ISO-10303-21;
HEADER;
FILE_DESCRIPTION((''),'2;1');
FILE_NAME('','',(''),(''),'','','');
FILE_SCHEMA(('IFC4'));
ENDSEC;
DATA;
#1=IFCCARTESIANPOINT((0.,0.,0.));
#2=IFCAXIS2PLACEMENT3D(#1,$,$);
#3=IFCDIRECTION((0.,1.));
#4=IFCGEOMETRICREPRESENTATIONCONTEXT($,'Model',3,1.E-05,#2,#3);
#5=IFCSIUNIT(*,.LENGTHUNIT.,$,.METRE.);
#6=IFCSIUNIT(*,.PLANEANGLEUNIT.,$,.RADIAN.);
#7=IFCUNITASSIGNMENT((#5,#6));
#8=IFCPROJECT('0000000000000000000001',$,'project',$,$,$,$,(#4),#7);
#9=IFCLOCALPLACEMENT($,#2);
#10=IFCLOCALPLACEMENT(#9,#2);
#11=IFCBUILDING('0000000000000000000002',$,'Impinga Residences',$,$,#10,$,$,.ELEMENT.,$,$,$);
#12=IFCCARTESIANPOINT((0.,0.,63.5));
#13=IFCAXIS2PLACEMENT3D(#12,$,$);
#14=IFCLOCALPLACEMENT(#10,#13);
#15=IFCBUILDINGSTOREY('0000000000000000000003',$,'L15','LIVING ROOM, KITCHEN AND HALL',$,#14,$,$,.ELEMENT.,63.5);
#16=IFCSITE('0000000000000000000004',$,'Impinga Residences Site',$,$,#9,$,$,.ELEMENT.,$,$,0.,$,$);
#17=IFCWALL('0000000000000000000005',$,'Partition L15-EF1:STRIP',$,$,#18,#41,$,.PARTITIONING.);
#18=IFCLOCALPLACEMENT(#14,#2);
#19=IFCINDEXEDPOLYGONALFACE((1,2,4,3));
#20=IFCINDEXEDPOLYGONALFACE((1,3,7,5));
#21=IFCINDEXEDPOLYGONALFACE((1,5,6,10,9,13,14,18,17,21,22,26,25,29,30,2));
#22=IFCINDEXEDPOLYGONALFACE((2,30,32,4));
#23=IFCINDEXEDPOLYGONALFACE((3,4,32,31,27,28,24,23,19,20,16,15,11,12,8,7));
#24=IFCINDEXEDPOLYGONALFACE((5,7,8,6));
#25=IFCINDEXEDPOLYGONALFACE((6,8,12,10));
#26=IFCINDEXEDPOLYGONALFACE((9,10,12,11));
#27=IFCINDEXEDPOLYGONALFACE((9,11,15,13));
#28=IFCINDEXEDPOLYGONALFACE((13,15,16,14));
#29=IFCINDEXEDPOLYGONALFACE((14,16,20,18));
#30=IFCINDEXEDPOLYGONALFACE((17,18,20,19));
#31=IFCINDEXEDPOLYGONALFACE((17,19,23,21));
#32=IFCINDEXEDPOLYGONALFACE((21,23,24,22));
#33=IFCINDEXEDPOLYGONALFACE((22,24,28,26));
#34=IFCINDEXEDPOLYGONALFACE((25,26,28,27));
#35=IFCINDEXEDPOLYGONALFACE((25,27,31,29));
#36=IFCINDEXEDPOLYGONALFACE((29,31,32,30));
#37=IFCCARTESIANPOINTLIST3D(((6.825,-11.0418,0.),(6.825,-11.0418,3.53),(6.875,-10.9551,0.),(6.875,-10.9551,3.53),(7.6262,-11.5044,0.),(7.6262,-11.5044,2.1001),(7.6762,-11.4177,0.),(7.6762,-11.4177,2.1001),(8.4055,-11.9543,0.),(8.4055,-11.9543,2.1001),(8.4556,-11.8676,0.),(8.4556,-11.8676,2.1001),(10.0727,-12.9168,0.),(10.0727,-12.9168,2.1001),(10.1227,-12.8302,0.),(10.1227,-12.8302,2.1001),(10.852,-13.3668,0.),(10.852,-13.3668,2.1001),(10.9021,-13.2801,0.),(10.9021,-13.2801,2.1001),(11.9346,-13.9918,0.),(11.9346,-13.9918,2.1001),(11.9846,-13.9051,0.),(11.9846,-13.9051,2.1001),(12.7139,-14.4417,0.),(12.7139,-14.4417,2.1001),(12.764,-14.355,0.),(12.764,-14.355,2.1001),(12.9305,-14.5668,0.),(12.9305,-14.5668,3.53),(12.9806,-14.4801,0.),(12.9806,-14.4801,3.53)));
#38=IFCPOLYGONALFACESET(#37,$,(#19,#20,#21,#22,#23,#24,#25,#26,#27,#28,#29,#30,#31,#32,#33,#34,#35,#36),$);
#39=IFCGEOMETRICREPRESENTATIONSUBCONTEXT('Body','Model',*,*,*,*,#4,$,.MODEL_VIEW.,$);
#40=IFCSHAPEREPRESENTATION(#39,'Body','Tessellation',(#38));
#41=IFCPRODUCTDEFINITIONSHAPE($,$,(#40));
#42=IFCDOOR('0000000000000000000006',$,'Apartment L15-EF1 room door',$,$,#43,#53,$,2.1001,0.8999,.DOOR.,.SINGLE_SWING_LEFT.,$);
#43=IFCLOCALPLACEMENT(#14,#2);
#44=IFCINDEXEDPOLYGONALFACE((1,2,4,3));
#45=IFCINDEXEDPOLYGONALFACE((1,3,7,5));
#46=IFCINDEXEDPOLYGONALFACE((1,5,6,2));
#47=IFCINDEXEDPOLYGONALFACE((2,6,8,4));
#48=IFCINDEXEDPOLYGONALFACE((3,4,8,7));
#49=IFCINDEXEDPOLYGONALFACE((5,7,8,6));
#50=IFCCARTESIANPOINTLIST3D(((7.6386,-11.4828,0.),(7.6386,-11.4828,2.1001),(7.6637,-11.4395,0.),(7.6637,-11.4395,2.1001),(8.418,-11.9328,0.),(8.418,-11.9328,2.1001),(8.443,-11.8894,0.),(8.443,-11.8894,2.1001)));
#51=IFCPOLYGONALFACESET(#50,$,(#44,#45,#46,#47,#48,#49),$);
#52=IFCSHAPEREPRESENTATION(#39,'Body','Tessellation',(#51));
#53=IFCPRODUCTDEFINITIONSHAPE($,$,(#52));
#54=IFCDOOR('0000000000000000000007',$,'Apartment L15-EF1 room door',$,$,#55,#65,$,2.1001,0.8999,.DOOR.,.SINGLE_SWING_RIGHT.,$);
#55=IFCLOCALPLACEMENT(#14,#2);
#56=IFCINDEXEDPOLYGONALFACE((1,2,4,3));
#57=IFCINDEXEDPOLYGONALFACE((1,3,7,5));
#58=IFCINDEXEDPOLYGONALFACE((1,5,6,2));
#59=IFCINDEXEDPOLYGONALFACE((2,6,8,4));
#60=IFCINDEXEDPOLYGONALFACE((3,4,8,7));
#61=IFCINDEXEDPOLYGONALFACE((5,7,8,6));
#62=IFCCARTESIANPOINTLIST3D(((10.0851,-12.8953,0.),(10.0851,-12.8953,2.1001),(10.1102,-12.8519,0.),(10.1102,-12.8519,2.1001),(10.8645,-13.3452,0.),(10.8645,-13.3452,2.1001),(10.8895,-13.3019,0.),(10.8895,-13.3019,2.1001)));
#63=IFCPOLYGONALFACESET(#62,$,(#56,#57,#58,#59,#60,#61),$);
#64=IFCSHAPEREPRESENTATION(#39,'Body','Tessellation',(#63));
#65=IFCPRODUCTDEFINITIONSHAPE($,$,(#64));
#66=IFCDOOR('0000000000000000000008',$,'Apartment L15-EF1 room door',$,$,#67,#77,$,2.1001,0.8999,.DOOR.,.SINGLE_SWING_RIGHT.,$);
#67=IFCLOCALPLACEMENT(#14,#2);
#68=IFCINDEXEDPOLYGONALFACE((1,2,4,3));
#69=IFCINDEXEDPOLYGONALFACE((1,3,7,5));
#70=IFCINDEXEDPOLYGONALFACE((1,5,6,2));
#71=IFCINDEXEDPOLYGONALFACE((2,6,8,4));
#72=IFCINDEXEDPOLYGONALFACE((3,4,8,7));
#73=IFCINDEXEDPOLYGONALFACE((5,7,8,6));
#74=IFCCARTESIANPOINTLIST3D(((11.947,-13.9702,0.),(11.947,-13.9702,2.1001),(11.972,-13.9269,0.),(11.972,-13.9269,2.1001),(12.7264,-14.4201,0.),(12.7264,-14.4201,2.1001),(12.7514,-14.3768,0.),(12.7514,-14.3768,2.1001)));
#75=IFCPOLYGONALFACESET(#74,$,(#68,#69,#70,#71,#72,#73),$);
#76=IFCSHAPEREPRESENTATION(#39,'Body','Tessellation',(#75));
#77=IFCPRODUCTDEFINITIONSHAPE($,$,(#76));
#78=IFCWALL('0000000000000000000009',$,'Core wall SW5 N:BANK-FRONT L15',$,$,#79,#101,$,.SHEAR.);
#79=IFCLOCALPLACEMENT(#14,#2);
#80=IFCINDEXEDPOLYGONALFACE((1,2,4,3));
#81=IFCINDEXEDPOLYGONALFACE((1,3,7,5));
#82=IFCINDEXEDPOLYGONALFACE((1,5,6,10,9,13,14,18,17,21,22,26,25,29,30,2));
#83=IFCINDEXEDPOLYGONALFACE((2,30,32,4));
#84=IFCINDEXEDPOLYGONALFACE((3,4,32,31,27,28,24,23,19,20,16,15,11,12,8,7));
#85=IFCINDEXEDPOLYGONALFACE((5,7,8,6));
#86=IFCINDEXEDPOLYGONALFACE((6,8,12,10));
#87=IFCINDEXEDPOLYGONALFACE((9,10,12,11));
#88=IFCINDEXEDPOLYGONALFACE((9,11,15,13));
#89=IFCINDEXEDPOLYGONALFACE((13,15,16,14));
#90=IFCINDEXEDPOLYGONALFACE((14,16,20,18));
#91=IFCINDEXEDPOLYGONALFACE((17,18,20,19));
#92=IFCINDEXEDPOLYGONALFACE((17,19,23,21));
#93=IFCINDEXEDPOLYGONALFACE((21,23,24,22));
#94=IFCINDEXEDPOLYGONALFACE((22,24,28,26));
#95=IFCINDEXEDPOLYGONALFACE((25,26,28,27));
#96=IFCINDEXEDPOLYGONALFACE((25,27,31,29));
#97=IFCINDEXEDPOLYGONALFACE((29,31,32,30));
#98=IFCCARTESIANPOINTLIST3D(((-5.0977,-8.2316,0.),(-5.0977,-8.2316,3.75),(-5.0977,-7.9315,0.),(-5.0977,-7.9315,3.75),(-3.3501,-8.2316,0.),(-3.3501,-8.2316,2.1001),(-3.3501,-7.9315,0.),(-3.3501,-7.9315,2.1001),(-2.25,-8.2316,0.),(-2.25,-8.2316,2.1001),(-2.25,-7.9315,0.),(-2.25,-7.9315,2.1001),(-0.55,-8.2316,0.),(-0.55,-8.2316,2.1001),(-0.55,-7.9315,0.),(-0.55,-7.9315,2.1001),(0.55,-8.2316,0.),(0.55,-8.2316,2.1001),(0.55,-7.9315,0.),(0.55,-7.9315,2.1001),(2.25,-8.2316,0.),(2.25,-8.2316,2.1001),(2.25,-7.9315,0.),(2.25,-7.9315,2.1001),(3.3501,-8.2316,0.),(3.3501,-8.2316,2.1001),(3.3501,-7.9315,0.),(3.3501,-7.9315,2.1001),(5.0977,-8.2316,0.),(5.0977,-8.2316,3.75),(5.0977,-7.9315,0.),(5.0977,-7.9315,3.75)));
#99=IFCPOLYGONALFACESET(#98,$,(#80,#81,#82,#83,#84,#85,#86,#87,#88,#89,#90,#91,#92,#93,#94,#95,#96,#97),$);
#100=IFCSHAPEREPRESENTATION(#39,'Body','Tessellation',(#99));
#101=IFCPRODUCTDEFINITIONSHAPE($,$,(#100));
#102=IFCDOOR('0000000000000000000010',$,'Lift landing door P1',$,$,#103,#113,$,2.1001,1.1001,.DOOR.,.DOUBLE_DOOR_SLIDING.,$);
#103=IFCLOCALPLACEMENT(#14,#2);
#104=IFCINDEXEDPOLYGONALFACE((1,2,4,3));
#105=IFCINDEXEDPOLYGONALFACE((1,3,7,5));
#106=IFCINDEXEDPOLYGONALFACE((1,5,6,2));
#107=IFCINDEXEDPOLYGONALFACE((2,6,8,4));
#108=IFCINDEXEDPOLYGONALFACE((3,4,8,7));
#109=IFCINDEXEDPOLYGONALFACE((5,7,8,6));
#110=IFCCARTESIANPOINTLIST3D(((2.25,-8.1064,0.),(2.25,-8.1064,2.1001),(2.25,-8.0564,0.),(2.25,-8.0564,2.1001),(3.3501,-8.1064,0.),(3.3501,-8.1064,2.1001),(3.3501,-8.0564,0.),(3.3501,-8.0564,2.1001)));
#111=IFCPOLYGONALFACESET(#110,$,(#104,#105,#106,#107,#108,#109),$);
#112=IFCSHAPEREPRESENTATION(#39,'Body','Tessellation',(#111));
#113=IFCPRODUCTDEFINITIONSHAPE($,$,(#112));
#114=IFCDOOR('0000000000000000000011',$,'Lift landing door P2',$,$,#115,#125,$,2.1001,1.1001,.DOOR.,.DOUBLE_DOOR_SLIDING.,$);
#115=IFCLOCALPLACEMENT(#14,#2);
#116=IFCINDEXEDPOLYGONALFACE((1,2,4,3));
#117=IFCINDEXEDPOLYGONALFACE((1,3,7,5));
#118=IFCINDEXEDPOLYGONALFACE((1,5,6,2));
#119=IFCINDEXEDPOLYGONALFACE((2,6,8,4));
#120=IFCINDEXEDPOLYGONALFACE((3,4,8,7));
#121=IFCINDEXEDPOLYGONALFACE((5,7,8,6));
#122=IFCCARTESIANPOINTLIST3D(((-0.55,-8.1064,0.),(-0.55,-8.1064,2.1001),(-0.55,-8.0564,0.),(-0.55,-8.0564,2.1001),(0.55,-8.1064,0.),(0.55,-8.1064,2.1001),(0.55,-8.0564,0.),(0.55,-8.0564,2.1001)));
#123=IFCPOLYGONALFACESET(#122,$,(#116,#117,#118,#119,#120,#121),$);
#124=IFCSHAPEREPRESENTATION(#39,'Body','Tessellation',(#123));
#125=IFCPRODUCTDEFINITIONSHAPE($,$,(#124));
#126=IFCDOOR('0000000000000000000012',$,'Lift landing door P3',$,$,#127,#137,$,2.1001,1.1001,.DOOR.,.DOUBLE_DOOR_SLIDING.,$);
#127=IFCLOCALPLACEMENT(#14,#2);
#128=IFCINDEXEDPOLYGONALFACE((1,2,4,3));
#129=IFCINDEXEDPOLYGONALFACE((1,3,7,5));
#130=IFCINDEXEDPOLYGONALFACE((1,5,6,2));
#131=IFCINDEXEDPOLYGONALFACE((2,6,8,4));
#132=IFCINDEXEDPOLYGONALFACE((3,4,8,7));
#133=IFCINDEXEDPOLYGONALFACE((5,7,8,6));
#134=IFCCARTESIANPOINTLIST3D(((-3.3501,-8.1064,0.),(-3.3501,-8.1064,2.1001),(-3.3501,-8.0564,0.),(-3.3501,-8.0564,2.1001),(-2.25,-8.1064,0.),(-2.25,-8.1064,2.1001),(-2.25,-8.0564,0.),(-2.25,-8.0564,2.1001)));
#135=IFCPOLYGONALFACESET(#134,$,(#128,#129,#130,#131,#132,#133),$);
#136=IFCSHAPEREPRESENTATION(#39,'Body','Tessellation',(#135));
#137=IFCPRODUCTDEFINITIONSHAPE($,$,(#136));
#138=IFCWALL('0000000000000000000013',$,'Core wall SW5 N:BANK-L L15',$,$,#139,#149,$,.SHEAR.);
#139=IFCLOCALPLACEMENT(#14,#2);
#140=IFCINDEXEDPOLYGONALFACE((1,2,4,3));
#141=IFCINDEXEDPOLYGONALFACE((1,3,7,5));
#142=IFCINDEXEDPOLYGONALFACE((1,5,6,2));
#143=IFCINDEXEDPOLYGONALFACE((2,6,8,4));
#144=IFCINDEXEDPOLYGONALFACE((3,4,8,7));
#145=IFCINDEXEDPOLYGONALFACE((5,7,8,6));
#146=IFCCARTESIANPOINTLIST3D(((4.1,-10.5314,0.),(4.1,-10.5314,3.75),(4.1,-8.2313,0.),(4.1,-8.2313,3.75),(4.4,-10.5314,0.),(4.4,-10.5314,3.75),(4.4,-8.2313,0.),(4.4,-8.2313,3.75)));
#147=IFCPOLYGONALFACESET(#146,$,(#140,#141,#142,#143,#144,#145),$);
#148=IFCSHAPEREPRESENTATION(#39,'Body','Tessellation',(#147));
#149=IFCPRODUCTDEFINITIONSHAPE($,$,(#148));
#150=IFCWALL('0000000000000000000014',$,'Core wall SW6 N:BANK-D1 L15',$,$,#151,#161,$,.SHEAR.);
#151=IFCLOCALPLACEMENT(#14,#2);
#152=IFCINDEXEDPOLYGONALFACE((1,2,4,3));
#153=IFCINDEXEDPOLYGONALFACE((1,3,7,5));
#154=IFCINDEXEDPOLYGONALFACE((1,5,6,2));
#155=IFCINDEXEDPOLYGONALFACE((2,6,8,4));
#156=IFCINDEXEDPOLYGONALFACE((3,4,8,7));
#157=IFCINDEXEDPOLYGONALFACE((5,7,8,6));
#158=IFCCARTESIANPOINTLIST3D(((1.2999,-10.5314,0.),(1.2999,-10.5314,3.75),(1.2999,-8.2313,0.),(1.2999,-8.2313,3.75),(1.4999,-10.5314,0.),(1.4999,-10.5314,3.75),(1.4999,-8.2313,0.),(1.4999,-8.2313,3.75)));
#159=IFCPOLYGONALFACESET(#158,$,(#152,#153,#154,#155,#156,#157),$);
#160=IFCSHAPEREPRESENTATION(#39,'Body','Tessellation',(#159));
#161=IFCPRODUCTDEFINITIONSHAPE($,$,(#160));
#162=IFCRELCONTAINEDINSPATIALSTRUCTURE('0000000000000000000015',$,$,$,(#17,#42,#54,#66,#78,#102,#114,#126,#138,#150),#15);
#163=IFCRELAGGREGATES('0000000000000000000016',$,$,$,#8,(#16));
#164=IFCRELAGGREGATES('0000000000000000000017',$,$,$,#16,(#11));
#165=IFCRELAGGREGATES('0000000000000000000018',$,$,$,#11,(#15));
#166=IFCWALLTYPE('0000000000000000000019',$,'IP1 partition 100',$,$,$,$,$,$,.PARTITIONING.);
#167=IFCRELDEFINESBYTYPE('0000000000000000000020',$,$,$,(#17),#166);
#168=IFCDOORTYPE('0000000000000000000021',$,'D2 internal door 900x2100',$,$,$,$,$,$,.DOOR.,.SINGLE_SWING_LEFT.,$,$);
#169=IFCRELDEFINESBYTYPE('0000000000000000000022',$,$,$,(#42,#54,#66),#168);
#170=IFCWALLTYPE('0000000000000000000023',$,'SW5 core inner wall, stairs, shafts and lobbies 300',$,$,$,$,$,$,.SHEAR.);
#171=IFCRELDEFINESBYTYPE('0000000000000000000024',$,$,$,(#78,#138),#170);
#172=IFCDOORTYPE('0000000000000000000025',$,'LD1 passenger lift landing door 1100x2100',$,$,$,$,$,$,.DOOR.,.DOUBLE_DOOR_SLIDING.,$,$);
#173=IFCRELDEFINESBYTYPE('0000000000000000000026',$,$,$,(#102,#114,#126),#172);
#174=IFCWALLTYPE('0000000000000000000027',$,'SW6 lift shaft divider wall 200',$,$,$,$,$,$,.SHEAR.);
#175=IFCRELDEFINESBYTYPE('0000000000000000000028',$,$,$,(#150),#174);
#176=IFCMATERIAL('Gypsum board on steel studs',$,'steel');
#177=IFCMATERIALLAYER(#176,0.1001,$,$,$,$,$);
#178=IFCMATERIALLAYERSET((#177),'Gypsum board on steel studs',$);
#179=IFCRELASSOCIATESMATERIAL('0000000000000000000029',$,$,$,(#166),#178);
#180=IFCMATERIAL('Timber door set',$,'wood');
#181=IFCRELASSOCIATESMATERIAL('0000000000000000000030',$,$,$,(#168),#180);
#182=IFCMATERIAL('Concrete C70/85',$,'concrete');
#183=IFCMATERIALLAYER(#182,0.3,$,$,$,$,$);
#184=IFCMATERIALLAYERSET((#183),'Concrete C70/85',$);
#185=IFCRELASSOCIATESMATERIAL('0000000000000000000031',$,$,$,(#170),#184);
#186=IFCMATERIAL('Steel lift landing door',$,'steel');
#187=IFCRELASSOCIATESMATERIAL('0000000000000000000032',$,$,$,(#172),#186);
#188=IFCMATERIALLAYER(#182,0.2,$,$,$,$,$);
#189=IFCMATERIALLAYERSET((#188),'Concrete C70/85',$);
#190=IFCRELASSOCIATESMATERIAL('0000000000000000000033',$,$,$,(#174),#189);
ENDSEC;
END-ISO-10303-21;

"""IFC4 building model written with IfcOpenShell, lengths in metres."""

from ifc_helpers import new_model, si_unit, direction, frame, frame_2d, origin, place, context, subcontext, project, spatial, rectangle, extrude, material, layer, layer_set, type_object, element, fill, save


model = new_model("IFC4")

# Units and contexts
model_context = context("Model", 3, precision=1e-05, world=origin(), true_north=direction((0.0, 1.0)))
body_context = subcontext(model_context, "Body", "Model", "MODEL_VIEW")
ifc_project = project(units=[si_unit("LENGTHUNIT", "METRE"), si_unit("PLANEANGLEUNIT", "RADIAN")], contexts=[model_context])

# Site, building, storey
site_placement = place(None, origin())
site = spatial("IfcSite", under=ifc_project, at=site_placement, Name="Impinga Residences Site", CompositionType="ELEMENT", RefElevation=0.0)
building_placement = place(site_placement, origin())
building = spatial("IfcBuilding", under=site, at=building_placement, Name="Impinga Residences", CompositionType="ELEMENT")
storey_placement = place(building_placement, frame((0.0, 0.0, 63.5)))
storey = spatial("IfcBuildingStorey", under=building, at=storey_placement, Name="L15", Description="LIVING ROOM, KITCHEN AND HALL", CompositionType="ELEMENT", Elevation=63.5)

# Shared definitions
ifc_material_1 = material(Name="Concrete C70/85", Category="concrete")

# Shared definitions
ifc_material_2 = material(Name="Timber door set", Category="wood")

# Shared definitions
ifc_material_3 = material(Name="Gypsum board on steel studs", Category="steel")
ifc_layer_1 = layer(ifc_material_3, 0.1001)
ifc_layer_set_1 = layer_set([ifc_layer_1], Name="Gypsum board on steel studs")
wall_type_1 = type_object("IfcWallType", Name="IP1 partition 100", PredefinedType="PARTITIONING", material=ifc_layer_set_1)

# Walls, openings, doors
wall_1_placement = place(storey_placement, frame((6.8501, -10.9985, 0.0), z_axis=(0.0, 0.0, 1.0), x_axis=(0.866031, -0.49999, 0.0)))
wall_1 = element("IfcWall", 1, at=wall_1_placement, inside=storey, type_object=wall_type_1, Name="Partition L15-EF1:STRIP", PredefinedType="PARTITIONING", context=body_context, shape_type="SweptSolid", body=[
    extrude(rectangle(XDim=7.05, YDim=0.1001, at=frame_2d((3.5249, 0.0))), origin(), (0.0, 0.0, 1.0), 3.53),
])
opening_1_placement = place(wall_1_placement, frame((0.925, 0.0, 0.0)))
opening_1 = element("IfcOpeningElement", 2, at=opening_1_placement, cuts=wall_1, PredefinedType="OPENING", context=body_context, shape_type="SweptSolid", body=[
    extrude(rectangle(XDim=0.8999, YDim=2.1001, at=frame_2d((0.45, 1.05))), frame((0.0, 0.0601, 0.0), z_axis=(0.0, -1.0, 0.0), x_axis=(1.0, 0.0, 0.0)), (0.0, 0.0, 1.0), 0.1201),
])
opening_2_placement = place(wall_1_placement, frame((3.75, 0.0, 0.0)))
opening_2 = element("IfcOpeningElement", 3, at=opening_2_placement, cuts=wall_1, PredefinedType="OPENING", context=body_context, shape_type="SweptSolid", body=[
    extrude(rectangle(XDim=0.8999, YDim=2.1001, at=frame_2d((0.45, 1.05))), frame((0.0, 0.0601, 0.0), z_axis=(0.0, -1.0, 0.0), x_axis=(1.0, 0.0, 0.0)), (0.0, 0.0, 1.0), 0.1201),
])
opening_3_placement = place(wall_1_placement, frame((5.8999, 0.0, 0.0)))
opening_3 = element("IfcOpeningElement", 4, at=opening_3_placement, cuts=wall_1, PredefinedType="OPENING", context=body_context, shape_type="SweptSolid", body=[
    extrude(rectangle(XDim=0.8999, YDim=2.1001, at=frame_2d((0.45, 1.05))), frame((0.0, 0.0601, 0.0), z_axis=(0.0, -1.0, 0.0), x_axis=(1.0, 0.0, 0.0)), (0.0, 0.0, 1.0), 0.1201),
])
door_type_1 = type_object("IfcDoorType", Name="D2 internal door 900x2100", OperationType="SINGLE_SWING_LEFT", PredefinedType="DOOR", material=ifc_material_2)
door_1_placement = place(opening_1_placement, origin())
door_1 = element("IfcDoor", 5, at=door_1_placement, inside=storey, type_object=door_type_1, Name="Apartment L15-EF1 room door", OperationType="SINGLE_SWING_LEFT", OverallHeight=2.1001, OverallWidth=0.8999, PredefinedType="DOOR", context=body_context, shape_type="SweptSolid", body=[
    extrude(rectangle(XDim=0.8999, YDim=2.1001, at=frame_2d((0.45, 1.05))), frame((0.0, 0.0249, 0.0), z_axis=(0.0, -1.0, 0.0), x_axis=(1.0, 0.0, 0.0)), (0.0, 0.0, 1.0), 0.05),
])
fill(opening_1, door_1)
door_2_placement = place(opening_2_placement, origin())
door_2 = element("IfcDoor", 6, at=door_2_placement, inside=storey, type_object=door_type_1, Name="Apartment L15-EF1 room door", OperationType="SINGLE_SWING_RIGHT", OverallHeight=2.1001, OverallWidth=0.8999, PredefinedType="DOOR", context=body_context, shape_type="SweptSolid", body=[
    extrude(rectangle(XDim=0.8999, YDim=2.1001, at=frame_2d((0.45, 1.05))), frame((0.0, 0.0249, 0.0), z_axis=(0.0, -1.0, 0.0), x_axis=(1.0, 0.0, 0.0)), (0.0, 0.0, 1.0), 0.05),
])
fill(opening_2, door_2)
door_3_placement = place(opening_3_placement, origin())
door_3 = element("IfcDoor", 7, at=door_3_placement, inside=storey, type_object=door_type_1, Name="Apartment L15-EF1 room door", OperationType="SINGLE_SWING_RIGHT", OverallHeight=2.1001, OverallWidth=0.8999, PredefinedType="DOOR", context=body_context, shape_type="SweptSolid", body=[
    extrude(rectangle(XDim=0.8999, YDim=2.1001, at=frame_2d((0.45, 1.05))), frame((0.0, 0.0249, 0.0), z_axis=(0.0, -1.0, 0.0), x_axis=(1.0, 0.0, 0.0)), (0.0, 0.0, 1.0), 0.05),
])
fill(opening_3, door_3)
ifc_layer_2 = layer(ifc_material_1, 0.3)
ifc_layer_set_2 = layer_set([ifc_layer_2], Name="Concrete C70/85")
wall_type_2 = type_object("IfcWallType", Name="SW5 core inner wall, stairs, shafts and lobbies 300", PredefinedType="SHEAR", material=ifc_layer_set_2)
wall_2_placement = place(storey_placement, frame((5.0977, -8.0815, 0.0), z_axis=(0.0, 0.0, 1.0), x_axis=(-1.0, 0.0, 0.0)))
wall_2 = element("IfcWall", 8, at=wall_2_placement, inside=storey, type_object=wall_type_2, Name="Core wall SW5 N:BANK-FRONT L15", PredefinedType="SHEAR", context=body_context, shape_type="SweptSolid", body=[
    extrude(rectangle(XDim=10.1953, YDim=0.3, at=frame_2d((5.0977, 0.0))), origin(), (0.0, 0.0, 1.0), 3.75),
])
opening_4_placement = place(wall_2_placement, frame((1.7476, 0.0, 0.0)))
opening_4 = element("IfcOpeningElement", 9, at=opening_4_placement, cuts=wall_2, PredefinedType="OPENING", context=body_context, shape_type="SweptSolid", body=[
    extrude(rectangle(XDim=1.1001, YDim=2.1001, at=frame_2d((0.55, 1.05))), frame((0.0, 0.1599, 0.0), z_axis=(0.0, -1.0, 0.0), x_axis=(1.0, 0.0, 0.0)), (0.0, 0.0, 1.0), 0.3201),
])
opening_5_placement = place(wall_2_placement, frame((4.5476, 0.0, 0.0)))
opening_5 = element("IfcOpeningElement", 10, at=opening_5_placement, cuts=wall_2, PredefinedType="OPENING", context=body_context, shape_type="SweptSolid", body=[
    extrude(rectangle(XDim=1.1001, YDim=2.1001, at=frame_2d((0.55, 1.05))), frame((0.0, 0.1599, 0.0), z_axis=(0.0, -1.0, 0.0), x_axis=(1.0, 0.0, 0.0)), (0.0, 0.0, 1.0), 0.3201),
])
opening_6_placement = place(wall_2_placement, frame((7.3477, 0.0, 0.0)))
opening_6 = element("IfcOpeningElement", 11, at=opening_6_placement, cuts=wall_2, PredefinedType="OPENING", context=body_context, shape_type="SweptSolid", body=[
    extrude(rectangle(XDim=1.1001, YDim=2.1001, at=frame_2d((0.55, 1.05))), frame((0.0, 0.1599, 0.0), z_axis=(0.0, -1.0, 0.0), x_axis=(1.0, 0.0, 0.0)), (0.0, 0.0, 1.0), 0.3201),
])
ifc_material_4 = material(Name="Steel lift landing door", Category="steel")
door_type_2 = type_object("IfcDoorType", Name="LD1 passenger lift landing door 1100x2100", OperationType="DOUBLE_DOOR_SLIDING", PredefinedType="DOOR", material=ifc_material_4)
door_4_placement = place(opening_4_placement, origin())
door_4 = element("IfcDoor", 12, at=door_4_placement, inside=storey, type_object=door_type_2, Name="Lift landing door P1", OperationType="DOUBLE_DOOR_SLIDING", OverallHeight=2.1001, OverallWidth=1.1001, PredefinedType="DOOR", context=body_context, shape_type="SweptSolid", body=[
    extrude(rectangle(XDim=1.1001, YDim=2.1001, at=frame_2d((0.55, 1.05))), frame((0.0, 0.0249, 0.0), z_axis=(0.0, -1.0, 0.0), x_axis=(1.0, 0.0, 0.0)), (0.0, 0.0, 1.0), 0.05),
])
fill(opening_4, door_4)
door_5_placement = place(opening_5_placement, origin())
door_5 = element("IfcDoor", 13, at=door_5_placement, inside=storey, type_object=door_type_2, Name="Lift landing door P2", OperationType="DOUBLE_DOOR_SLIDING", OverallHeight=2.1001, OverallWidth=1.1001, PredefinedType="DOOR", context=body_context, shape_type="SweptSolid", body=[
    extrude(rectangle(XDim=1.1001, YDim=2.1001, at=frame_2d((0.55, 1.05))), frame((0.0, 0.0249, 0.0), z_axis=(0.0, -1.0, 0.0), x_axis=(1.0, 0.0, 0.0)), (0.0, 0.0, 1.0), 0.05),
])
fill(opening_5, door_5)
door_6_placement = place(opening_6_placement, origin())
door_6 = element("IfcDoor", 14, at=door_6_placement, inside=storey, type_object=door_type_2, Name="Lift landing door P3", OperationType="DOUBLE_DOOR_SLIDING", OverallHeight=2.1001, OverallWidth=1.1001, PredefinedType="DOOR", context=body_context, shape_type="SweptSolid", body=[
    extrude(rectangle(XDim=1.1001, YDim=2.1001, at=frame_2d((0.55, 1.05))), frame((0.0, 0.0249, 0.0), z_axis=(0.0, -1.0, 0.0), x_axis=(1.0, 0.0, 0.0)), (0.0, 0.0, 1.0), 0.05),
])
fill(opening_6, door_6)

# Walls
wall_3_placement = place(storey_placement, frame((4.25, -8.2314, 0.0), z_axis=(0.0, 0.0, 1.0), x_axis=(0.0, -1.0, 0.0)))
element("IfcWall", 15, at=wall_3_placement, inside=storey, type_object=wall_type_2, Name="Core wall SW5 N:BANK-L L15", PredefinedType="SHEAR", context=body_context, shape_type="SweptSolid", body=[
    extrude(rectangle(XDim=2.3, YDim=0.3, at=frame_2d((1.1499, 0.0))), origin(), (0.0, 0.0, 1.0), 3.75),
])
ifc_layer_3 = layer(ifc_material_1, 0.2)
ifc_layer_set_3 = layer_set([ifc_layer_3], Name="Concrete C70/85")
wall_type_3 = type_object("IfcWallType", Name="SW6 lift shaft divider wall 200", PredefinedType="SHEAR", material=ifc_layer_set_3)
wall_4_placement = place(storey_placement, frame((1.3999, -8.2314, 0.0), z_axis=(0.0, 0.0, 1.0), x_axis=(0.0, -1.0, 0.0)))
element("IfcWall", 16, at=wall_4_placement, inside=storey, type_object=wall_type_3, Name="Core wall SW6 N:BANK-D1 L15", PredefinedType="SHEAR", context=body_context, shape_type="SweptSolid", body=[
    extrude(rectangle(XDim=2.3, YDim=0.2, at=frame_2d((1.1499, 0.0))), origin(), (0.0, 0.0, 1.0), 3.75),
])

save(model, "model.ifc")
